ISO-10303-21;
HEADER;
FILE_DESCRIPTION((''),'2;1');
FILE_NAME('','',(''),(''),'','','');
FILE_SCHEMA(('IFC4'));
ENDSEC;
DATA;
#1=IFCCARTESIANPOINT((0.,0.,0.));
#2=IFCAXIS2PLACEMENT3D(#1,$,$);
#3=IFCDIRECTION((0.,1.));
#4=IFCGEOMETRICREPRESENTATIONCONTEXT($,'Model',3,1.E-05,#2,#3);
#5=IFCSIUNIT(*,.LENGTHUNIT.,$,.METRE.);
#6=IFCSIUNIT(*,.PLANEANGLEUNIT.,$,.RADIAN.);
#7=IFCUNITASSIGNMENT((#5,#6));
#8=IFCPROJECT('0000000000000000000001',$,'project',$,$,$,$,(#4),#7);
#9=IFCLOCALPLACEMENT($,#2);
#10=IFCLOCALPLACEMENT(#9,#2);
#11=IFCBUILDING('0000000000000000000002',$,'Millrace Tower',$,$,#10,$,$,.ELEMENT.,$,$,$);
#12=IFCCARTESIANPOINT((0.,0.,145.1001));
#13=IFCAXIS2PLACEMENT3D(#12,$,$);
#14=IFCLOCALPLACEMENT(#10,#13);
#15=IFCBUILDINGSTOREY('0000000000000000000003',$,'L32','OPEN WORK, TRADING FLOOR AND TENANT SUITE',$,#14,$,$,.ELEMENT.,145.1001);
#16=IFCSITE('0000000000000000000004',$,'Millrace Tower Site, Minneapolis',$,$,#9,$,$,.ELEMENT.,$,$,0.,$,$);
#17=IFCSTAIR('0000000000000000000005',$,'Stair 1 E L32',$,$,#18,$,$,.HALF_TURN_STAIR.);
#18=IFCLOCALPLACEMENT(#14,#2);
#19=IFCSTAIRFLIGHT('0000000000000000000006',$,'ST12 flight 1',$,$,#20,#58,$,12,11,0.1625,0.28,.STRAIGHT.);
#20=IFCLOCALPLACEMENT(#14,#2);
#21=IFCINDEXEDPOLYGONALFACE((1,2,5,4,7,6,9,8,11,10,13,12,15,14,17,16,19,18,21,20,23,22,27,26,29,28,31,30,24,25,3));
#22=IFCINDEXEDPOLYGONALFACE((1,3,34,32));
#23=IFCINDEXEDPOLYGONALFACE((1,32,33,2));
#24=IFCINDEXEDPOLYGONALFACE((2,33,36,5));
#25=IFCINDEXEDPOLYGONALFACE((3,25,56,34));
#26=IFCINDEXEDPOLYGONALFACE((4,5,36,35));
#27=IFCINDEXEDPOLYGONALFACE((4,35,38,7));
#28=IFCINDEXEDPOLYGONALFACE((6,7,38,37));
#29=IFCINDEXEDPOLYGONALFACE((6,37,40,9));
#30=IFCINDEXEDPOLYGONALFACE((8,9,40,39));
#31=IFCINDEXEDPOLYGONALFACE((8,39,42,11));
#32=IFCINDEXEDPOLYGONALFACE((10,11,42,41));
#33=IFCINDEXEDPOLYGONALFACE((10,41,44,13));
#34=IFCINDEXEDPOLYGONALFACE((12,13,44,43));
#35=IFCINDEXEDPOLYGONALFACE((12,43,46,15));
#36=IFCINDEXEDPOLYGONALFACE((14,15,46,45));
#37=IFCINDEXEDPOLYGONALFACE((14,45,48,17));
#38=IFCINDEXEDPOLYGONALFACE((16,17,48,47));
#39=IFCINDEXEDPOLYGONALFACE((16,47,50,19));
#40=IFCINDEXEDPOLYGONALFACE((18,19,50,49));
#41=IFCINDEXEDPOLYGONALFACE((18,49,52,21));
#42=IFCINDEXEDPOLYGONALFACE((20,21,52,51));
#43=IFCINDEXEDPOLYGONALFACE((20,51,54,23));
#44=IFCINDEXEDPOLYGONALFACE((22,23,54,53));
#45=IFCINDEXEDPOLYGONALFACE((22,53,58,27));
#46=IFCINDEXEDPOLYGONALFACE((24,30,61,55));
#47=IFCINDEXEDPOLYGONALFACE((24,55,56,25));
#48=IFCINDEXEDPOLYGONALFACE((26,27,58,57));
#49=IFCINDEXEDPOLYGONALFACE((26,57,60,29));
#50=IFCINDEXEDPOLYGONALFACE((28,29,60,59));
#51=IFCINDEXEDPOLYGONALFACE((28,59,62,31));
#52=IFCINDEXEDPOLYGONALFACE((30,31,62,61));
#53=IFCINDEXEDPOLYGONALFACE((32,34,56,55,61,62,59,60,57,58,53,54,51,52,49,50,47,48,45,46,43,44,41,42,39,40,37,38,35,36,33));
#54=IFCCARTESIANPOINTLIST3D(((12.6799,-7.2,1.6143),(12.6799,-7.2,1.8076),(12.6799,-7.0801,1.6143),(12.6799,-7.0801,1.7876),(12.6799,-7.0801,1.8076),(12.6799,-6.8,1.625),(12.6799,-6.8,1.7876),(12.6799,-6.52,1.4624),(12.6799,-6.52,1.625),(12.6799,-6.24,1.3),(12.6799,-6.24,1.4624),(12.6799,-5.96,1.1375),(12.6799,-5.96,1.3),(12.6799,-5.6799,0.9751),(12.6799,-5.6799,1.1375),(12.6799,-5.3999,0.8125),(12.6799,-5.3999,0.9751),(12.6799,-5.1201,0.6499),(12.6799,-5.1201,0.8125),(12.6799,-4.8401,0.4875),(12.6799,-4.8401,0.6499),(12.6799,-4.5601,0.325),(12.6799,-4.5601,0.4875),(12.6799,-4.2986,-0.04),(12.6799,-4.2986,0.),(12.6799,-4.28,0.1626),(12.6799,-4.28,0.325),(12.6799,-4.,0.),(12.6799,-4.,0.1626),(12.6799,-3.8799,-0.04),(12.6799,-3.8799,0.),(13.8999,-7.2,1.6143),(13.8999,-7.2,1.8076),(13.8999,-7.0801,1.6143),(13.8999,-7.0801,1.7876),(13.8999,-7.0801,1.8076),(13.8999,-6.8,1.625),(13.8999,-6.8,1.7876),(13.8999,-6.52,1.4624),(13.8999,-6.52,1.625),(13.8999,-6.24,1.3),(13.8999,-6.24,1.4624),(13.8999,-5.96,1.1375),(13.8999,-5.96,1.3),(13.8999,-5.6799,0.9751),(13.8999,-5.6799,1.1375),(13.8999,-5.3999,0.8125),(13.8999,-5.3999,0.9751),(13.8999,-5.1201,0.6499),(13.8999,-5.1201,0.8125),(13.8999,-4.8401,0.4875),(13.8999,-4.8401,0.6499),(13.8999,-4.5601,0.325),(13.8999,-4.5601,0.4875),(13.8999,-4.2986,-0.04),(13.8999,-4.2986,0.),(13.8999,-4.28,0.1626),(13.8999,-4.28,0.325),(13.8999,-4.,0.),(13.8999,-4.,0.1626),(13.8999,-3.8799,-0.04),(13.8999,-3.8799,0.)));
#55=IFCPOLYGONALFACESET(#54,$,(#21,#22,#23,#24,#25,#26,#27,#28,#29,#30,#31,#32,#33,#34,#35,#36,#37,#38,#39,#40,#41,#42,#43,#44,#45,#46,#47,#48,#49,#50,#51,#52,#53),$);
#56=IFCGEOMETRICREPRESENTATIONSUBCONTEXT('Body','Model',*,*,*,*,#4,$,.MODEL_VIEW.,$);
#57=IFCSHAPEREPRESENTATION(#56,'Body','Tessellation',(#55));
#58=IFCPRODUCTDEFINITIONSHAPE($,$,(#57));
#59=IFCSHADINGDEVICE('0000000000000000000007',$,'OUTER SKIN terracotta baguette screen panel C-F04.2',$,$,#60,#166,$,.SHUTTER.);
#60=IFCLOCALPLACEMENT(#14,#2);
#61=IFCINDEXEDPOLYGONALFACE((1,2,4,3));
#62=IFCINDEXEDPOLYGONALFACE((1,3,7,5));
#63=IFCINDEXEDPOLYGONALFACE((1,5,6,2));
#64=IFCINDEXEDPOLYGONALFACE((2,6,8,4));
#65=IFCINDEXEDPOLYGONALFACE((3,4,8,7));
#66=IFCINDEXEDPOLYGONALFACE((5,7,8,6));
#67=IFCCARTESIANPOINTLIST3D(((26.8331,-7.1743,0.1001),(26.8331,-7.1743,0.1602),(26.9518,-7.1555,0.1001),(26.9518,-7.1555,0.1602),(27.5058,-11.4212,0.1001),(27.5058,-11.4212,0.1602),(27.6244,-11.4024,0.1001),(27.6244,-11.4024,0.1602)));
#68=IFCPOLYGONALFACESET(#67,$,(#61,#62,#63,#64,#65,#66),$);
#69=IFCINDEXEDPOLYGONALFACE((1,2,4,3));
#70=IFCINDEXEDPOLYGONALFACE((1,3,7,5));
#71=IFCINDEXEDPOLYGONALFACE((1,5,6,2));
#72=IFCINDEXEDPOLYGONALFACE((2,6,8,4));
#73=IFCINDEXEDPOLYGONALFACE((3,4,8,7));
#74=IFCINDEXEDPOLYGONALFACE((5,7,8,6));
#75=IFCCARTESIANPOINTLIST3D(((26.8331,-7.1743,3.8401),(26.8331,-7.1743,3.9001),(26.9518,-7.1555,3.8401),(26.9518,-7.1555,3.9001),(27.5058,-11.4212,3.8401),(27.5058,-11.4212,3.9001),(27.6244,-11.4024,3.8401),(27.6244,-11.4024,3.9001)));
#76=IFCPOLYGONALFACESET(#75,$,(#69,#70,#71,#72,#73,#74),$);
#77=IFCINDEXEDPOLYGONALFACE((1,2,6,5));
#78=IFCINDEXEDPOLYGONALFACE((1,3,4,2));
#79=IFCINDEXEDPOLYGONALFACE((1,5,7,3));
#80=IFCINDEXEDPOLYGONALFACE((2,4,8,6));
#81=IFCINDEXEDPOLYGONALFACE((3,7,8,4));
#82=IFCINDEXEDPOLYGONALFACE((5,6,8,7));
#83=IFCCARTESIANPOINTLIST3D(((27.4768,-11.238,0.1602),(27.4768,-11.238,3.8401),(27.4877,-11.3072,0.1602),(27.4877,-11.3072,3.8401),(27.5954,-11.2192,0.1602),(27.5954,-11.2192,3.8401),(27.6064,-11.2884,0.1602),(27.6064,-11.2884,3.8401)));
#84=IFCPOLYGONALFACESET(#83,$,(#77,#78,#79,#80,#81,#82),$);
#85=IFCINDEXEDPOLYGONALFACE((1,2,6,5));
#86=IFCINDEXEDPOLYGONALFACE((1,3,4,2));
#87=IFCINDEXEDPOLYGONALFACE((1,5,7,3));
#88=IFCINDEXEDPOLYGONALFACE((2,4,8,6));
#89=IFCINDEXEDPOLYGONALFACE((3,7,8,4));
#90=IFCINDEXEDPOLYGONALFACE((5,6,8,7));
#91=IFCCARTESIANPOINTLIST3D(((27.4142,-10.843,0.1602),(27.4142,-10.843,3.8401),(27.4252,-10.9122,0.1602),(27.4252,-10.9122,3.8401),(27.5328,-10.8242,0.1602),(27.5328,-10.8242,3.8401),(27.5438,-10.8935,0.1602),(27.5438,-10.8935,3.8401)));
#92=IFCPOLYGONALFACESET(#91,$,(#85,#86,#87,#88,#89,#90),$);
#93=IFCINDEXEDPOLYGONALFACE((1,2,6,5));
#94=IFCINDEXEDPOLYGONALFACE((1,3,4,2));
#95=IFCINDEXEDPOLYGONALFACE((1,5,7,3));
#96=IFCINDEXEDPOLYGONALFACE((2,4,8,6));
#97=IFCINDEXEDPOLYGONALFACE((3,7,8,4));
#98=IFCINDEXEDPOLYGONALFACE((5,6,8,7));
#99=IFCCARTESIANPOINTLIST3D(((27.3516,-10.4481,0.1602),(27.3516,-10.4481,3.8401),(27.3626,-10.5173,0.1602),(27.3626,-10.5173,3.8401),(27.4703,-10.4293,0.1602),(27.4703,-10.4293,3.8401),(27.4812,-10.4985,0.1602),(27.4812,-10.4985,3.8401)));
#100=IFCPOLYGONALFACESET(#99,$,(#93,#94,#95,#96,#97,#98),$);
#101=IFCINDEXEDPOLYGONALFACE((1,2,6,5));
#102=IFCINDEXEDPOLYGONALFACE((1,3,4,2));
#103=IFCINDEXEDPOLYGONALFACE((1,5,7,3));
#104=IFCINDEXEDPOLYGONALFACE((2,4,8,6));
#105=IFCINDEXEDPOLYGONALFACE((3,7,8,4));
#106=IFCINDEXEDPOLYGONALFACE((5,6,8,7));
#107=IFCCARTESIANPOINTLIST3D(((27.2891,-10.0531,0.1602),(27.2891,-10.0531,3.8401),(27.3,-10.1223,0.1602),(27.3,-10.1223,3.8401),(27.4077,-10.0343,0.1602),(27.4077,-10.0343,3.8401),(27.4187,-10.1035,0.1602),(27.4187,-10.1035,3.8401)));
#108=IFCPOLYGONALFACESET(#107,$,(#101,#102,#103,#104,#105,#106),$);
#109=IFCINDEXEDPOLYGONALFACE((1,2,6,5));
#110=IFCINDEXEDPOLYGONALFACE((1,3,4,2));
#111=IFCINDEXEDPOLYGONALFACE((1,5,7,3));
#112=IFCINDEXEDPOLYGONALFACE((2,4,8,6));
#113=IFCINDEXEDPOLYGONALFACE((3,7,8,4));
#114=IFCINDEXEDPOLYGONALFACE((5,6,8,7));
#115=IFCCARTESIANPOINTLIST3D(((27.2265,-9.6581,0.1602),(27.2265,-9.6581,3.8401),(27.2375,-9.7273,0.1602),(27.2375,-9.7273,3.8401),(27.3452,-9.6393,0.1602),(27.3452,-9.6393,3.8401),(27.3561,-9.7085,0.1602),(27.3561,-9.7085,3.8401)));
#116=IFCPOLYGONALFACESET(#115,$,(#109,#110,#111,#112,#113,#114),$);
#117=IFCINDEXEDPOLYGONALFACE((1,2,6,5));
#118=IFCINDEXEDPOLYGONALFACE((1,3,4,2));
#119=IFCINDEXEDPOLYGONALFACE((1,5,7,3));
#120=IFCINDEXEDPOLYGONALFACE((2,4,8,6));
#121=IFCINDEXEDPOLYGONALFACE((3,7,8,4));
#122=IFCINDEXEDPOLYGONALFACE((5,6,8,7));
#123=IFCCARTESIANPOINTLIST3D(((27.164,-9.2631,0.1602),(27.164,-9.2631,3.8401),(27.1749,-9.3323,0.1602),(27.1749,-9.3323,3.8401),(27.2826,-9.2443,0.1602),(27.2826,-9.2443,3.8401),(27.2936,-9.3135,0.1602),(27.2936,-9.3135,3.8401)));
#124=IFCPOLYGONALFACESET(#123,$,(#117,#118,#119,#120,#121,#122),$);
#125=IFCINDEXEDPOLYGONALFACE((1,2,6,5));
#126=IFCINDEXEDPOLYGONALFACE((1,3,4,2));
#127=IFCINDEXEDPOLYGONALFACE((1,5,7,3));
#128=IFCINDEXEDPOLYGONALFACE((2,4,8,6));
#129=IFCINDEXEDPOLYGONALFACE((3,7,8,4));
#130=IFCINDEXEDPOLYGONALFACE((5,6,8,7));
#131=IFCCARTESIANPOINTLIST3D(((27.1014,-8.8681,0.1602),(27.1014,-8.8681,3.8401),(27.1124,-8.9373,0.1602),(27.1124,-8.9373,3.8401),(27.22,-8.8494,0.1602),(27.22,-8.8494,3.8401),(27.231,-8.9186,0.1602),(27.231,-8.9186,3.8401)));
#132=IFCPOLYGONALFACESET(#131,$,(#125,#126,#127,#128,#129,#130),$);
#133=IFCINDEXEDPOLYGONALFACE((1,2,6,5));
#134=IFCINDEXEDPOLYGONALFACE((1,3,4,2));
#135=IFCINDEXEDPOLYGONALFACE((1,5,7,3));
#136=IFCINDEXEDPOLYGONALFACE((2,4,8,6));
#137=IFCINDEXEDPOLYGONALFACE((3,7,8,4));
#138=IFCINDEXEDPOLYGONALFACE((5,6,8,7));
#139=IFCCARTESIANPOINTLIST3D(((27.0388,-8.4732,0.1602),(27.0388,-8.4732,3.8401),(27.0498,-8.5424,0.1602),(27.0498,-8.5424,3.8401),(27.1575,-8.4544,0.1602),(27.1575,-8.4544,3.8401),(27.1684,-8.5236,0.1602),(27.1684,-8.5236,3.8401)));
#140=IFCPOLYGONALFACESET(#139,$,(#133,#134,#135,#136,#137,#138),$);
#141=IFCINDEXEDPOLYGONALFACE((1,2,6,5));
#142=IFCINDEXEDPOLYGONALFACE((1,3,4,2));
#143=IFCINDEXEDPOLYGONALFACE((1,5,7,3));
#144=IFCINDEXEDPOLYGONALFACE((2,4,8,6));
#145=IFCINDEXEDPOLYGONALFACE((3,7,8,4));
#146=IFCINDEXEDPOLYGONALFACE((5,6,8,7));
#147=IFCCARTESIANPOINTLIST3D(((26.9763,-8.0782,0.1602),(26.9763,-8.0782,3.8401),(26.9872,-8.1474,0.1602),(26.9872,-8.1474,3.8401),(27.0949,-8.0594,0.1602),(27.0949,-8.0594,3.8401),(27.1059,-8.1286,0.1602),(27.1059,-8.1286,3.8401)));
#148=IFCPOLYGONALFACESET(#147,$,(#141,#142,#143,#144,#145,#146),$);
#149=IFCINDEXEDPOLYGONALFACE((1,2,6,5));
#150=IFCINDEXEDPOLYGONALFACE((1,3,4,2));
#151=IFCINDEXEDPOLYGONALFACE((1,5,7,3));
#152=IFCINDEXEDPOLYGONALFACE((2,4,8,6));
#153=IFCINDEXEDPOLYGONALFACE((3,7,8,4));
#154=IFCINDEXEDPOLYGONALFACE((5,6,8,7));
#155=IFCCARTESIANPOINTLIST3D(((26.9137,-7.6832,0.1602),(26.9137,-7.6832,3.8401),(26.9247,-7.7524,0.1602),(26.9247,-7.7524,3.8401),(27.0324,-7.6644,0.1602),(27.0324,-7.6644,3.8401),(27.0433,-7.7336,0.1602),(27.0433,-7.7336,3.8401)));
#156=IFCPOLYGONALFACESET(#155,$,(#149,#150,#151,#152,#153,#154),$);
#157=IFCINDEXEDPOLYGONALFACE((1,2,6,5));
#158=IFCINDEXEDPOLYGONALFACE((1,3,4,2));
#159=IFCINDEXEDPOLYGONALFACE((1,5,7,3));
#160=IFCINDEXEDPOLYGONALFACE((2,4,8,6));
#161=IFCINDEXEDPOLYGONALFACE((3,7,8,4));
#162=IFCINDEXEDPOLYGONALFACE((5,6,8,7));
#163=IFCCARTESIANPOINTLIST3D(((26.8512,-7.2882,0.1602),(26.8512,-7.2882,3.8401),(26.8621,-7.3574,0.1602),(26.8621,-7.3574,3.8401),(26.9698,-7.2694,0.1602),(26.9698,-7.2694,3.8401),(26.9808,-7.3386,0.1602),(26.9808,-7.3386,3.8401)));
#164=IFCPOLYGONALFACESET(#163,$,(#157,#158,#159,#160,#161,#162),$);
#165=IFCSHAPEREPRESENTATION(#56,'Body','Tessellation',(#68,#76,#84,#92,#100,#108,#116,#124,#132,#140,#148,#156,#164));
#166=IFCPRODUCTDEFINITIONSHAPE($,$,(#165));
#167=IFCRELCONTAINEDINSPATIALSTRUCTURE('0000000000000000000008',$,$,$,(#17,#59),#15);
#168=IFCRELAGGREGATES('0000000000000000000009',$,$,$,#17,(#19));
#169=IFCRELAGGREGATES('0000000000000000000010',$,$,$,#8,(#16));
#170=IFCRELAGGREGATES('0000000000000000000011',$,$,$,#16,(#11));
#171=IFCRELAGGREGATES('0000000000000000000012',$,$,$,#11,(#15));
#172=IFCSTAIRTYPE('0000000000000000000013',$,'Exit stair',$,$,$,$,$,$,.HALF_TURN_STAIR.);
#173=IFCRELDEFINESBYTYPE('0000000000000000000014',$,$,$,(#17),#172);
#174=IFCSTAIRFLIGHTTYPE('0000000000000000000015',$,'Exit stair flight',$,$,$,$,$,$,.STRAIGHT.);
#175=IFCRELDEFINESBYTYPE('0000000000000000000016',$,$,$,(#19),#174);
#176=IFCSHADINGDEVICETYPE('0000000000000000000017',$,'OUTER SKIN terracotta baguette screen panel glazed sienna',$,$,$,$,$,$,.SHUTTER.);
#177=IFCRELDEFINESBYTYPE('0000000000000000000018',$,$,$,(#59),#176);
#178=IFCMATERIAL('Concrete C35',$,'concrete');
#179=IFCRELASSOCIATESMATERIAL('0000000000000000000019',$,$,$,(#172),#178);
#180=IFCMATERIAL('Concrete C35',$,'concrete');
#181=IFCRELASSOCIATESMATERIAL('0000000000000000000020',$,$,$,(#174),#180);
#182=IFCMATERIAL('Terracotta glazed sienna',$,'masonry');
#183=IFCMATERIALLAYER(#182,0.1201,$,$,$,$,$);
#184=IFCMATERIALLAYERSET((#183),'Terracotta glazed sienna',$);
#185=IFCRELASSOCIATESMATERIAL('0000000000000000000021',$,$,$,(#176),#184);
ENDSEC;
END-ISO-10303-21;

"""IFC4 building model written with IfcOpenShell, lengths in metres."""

from ifc_helpers import new_model, entity, si_unit, direction, frame, frame_2d, origin, origin_2d, place, context, subcontext, project, spatial, polyline, rectangle, outline, extrude, source, transform, mapped, material, layer, layer_set, type_object, element, aggregate, save


model = new_model("IFC4")

# Units and contexts
model_context = context("Model", 3, precision=1e-05, world=origin(), true_north=direction((0.0, 1.0)))
body_context = subcontext(model_context, "Body", "Model", "MODEL_VIEW")
ifc_project = project(units=[si_unit("LENGTHUNIT", "METRE"), si_unit("PLANEANGLEUNIT", "RADIAN")], contexts=[model_context])

# Site, building, storey
site_placement = place(None, origin())
site = spatial("IfcSite", under=ifc_project, at=site_placement, Name="Millrace Tower Site, Minneapolis", CompositionType="ELEMENT", RefElevation=0.0)
building_placement = place(site_placement, origin())
building = spatial("IfcBuilding", under=site, at=building_placement, Name="Millrace Tower", CompositionType="ELEMENT")
storey_placement = place(building_placement, frame((0.0, 0.0, 145.1001)))
storey = spatial("IfcBuildingStorey", under=building, at=storey_placement, Name="L32", Description="OPEN WORK, TRADING FLOOR AND TENANT SUITE", CompositionType="ELEMENT", Elevation=145.1001)

# Shared definitions
placement = place(storey_placement, origin())

# Stair, stair flight
ifc_material_1 = material(Name="Concrete C35", Category="concrete")
stair_type = type_object("IfcStairType", Name="Exit stair", PredefinedType="HALF_TURN_STAIR", material=ifc_material_1)
stair = element("IfcStair", 1, at=placement, inside=storey, type_object=stair_type, Name="Stair 1 E L32", PredefinedType="HALF_TURN_STAIR")
ifc_material_2 = material(Name="Concrete C35", Category="concrete")
stair_flight_type = type_object("IfcStairFlightType", Name="Exit stair flight", PredefinedType="STRAIGHT", material=ifc_material_2)
stair_flight_placement = place(storey_placement, frame((13.29, -4.0, 0.0), z_axis=(0.0, 0.0, 1.0), x_axis=(0.0, -1.0, 0.0)))
stair_flight = element("IfcStairFlight", 2, at=stair_flight_placement, type_object=stair_flight_type, Name="ST12 flight 1", NumberOfRisers=12, NumberOfTreads=11, PredefinedType="STRAIGHT", RiserHeight=0.1625, TreadLength=0.28, context=body_context, shape_type="SweptSolid", body=[
    extrude(outline(polyline([(-0.1201, -0.04), (-0.1201, 0.0), (0.0, 0.0), (0.0, 0.1626), (0.28, 0.1626), (0.28, 0.325), (0.5601, 0.325), (0.5601, 0.4875), (0.8401, 0.4875), (0.8401, 0.6499), (1.1201, 0.6499), (1.1201, 0.8125), (1.3999, 0.8125), (1.3999, 0.9751), (1.6799, 0.9751), (1.6799, 1.1375), (1.96, 1.1375), (1.96, 1.3), (2.24, 1.3), (2.24, 1.4624), (2.52, 1.4624), (2.52, 1.625), (2.8, 1.625), (2.8, 1.7876), (3.0801, 1.7876), (3.0801, 1.8076), (3.2, 1.8076), (3.2, 1.6143), (3.0801, 1.6143), (0.2986, 0.0), (0.2986, -0.04), (-0.1201, -0.04)])), frame((0.0, 0.6099, 0.0), z_axis=(0.0, -1.0, 0.0), x_axis=(1.0, 0.0, 0.0)), (0.0, 0.0, 1.0), 1.22),
])
aggregate(stair, [stair_flight])

# Shading device
ifc_material_3 = material(Name="Terracotta glazed sienna", Category="masonry")
ifc_layer_1 = layer(ifc_material_3, 0.1201)
ifc_layer_set_1 = layer_set([ifc_layer_1], Name="Terracotta glazed sienna")
shading_device_type = type_object("IfcShadingDeviceType", Name="OUTER SKIN terracotta baguette screen panel glazed sienna", PredefinedType="SHUTTER", material=ifc_layer_set_1)
cartesian_point = entity("IfcCartesianPoint", [-2.1499, 0.0601])
shared_polyline = entity("IfcPolyline", [cartesian_point, entity("IfcCartesianPoint", [2.1499, 0.0601]), entity("IfcCartesianPoint", [2.1499, -0.0601]), entity("IfcCartesianPoint", [-2.1499, -0.0601]), cartesian_point])
shared_shape = source(origin(), body_context, "Body", "SweptSolid", [
    entity("IfcExtrudedAreaSolid", entity("IfcArbitraryClosedProfileDef", "AREA", None, shared_polyline), entity("IfcAxis2Placement3D", entity("IfcCartesianPoint", [0.0, 0.0, 0.0])), entity("IfcDirection", [0.0, 0.0, 1.0]), 0.0601),
    entity("IfcExtrudedAreaSolid", entity("IfcArbitraryClosedProfileDef", "AREA", None, shared_polyline), entity("IfcAxis2Placement3D", entity("IfcCartesianPoint", [0.0, 0.0, 3.74])), entity("IfcDirection", [0.0, 0.0, 1.0]), 0.0601),
    extrude(rectangle(XDim=0.0701, YDim=0.1201, at=frame_2d((-1.9995, 0.0))), frame((0.0, 0.0, 0.0601)), (0.0, 0.0, 1.0), 3.6799),
    extrude(rectangle(XDim=0.0701, YDim=0.1201, at=frame_2d((-1.5996, 0.0))), frame((0.0, 0.0, 0.0601)), (0.0, 0.0, 1.0), 3.6799),
    extrude(rectangle(XDim=0.0701, YDim=0.1201, at=frame_2d((-1.1997, 0.0))), frame((0.0, 0.0, 0.0601)), (0.0, 0.0, 1.0), 3.6799),
    extrude(rectangle(XDim=0.0701, YDim=0.1201, at=frame_2d((-0.7998, 0.0))), frame((0.0, 0.0, 0.0601)), (0.0, 0.0, 1.0), 3.6799),
    extrude(rectangle(XDim=0.0701, YDim=0.1201, at=frame_2d((-0.3999, 0.0))), frame((0.0, 0.0, 0.0601)), (0.0, 0.0, 1.0), 3.6799),
    extrude(rectangle(XDim=0.0701, YDim=0.1201, at=origin_2d()), frame((0.0, 0.0, 0.0601)), (0.0, 0.0, 1.0), 3.6799),
    extrude(rectangle(XDim=0.0701, YDim=0.1201, at=frame_2d((0.3999, 0.0))), frame((0.0, 0.0, 0.0601)), (0.0, 0.0, 1.0), 3.6799),
    extrude(rectangle(XDim=0.0701, YDim=0.1201, at=frame_2d((0.7998, 0.0))), frame((0.0, 0.0, 0.0601)), (0.0, 0.0, 1.0), 3.6799),
    extrude(rectangle(XDim=0.0701, YDim=0.1201, at=frame_2d((1.1997, 0.0))), frame((0.0, 0.0, 0.0601)), (0.0, 0.0, 1.0), 3.6799),
    extrude(rectangle(XDim=0.0701, YDim=0.1201, at=frame_2d((1.5996, 0.0))), frame((0.0, 0.0, 0.0601)), (0.0, 0.0, 1.0), 3.6799),
    extrude(rectangle(XDim=0.0701, YDim=0.1201, at=frame_2d((1.9995, 0.0))), frame((0.0, 0.0, 0.0601)), (0.0, 0.0, 1.0), 3.6799),
])
for number, where, z_axis, x_axis, name in (
    (3, (27.2288, -9.2883, 0.1001), (0.0, 0.0, 1.0), (-0.156434, 0.987688, 0.0), "OUTER SKIN terracotta baguette screen panel C-F04.2"),
):
    element("IfcShadingDevice", number, at=place(storey_placement, frame(where, z_axis=z_axis, x_axis=x_axis)), inside=storey, type_object=shading_device_type, Name=name, PredefinedType="SHUTTER", context=body_context, shape_type="MappedRepresentation", body=[
        mapped(shared_shape, transform((0.0, 0.0, 0.0), scale=1.0)),
    ])

save(model, "model.ifc")
